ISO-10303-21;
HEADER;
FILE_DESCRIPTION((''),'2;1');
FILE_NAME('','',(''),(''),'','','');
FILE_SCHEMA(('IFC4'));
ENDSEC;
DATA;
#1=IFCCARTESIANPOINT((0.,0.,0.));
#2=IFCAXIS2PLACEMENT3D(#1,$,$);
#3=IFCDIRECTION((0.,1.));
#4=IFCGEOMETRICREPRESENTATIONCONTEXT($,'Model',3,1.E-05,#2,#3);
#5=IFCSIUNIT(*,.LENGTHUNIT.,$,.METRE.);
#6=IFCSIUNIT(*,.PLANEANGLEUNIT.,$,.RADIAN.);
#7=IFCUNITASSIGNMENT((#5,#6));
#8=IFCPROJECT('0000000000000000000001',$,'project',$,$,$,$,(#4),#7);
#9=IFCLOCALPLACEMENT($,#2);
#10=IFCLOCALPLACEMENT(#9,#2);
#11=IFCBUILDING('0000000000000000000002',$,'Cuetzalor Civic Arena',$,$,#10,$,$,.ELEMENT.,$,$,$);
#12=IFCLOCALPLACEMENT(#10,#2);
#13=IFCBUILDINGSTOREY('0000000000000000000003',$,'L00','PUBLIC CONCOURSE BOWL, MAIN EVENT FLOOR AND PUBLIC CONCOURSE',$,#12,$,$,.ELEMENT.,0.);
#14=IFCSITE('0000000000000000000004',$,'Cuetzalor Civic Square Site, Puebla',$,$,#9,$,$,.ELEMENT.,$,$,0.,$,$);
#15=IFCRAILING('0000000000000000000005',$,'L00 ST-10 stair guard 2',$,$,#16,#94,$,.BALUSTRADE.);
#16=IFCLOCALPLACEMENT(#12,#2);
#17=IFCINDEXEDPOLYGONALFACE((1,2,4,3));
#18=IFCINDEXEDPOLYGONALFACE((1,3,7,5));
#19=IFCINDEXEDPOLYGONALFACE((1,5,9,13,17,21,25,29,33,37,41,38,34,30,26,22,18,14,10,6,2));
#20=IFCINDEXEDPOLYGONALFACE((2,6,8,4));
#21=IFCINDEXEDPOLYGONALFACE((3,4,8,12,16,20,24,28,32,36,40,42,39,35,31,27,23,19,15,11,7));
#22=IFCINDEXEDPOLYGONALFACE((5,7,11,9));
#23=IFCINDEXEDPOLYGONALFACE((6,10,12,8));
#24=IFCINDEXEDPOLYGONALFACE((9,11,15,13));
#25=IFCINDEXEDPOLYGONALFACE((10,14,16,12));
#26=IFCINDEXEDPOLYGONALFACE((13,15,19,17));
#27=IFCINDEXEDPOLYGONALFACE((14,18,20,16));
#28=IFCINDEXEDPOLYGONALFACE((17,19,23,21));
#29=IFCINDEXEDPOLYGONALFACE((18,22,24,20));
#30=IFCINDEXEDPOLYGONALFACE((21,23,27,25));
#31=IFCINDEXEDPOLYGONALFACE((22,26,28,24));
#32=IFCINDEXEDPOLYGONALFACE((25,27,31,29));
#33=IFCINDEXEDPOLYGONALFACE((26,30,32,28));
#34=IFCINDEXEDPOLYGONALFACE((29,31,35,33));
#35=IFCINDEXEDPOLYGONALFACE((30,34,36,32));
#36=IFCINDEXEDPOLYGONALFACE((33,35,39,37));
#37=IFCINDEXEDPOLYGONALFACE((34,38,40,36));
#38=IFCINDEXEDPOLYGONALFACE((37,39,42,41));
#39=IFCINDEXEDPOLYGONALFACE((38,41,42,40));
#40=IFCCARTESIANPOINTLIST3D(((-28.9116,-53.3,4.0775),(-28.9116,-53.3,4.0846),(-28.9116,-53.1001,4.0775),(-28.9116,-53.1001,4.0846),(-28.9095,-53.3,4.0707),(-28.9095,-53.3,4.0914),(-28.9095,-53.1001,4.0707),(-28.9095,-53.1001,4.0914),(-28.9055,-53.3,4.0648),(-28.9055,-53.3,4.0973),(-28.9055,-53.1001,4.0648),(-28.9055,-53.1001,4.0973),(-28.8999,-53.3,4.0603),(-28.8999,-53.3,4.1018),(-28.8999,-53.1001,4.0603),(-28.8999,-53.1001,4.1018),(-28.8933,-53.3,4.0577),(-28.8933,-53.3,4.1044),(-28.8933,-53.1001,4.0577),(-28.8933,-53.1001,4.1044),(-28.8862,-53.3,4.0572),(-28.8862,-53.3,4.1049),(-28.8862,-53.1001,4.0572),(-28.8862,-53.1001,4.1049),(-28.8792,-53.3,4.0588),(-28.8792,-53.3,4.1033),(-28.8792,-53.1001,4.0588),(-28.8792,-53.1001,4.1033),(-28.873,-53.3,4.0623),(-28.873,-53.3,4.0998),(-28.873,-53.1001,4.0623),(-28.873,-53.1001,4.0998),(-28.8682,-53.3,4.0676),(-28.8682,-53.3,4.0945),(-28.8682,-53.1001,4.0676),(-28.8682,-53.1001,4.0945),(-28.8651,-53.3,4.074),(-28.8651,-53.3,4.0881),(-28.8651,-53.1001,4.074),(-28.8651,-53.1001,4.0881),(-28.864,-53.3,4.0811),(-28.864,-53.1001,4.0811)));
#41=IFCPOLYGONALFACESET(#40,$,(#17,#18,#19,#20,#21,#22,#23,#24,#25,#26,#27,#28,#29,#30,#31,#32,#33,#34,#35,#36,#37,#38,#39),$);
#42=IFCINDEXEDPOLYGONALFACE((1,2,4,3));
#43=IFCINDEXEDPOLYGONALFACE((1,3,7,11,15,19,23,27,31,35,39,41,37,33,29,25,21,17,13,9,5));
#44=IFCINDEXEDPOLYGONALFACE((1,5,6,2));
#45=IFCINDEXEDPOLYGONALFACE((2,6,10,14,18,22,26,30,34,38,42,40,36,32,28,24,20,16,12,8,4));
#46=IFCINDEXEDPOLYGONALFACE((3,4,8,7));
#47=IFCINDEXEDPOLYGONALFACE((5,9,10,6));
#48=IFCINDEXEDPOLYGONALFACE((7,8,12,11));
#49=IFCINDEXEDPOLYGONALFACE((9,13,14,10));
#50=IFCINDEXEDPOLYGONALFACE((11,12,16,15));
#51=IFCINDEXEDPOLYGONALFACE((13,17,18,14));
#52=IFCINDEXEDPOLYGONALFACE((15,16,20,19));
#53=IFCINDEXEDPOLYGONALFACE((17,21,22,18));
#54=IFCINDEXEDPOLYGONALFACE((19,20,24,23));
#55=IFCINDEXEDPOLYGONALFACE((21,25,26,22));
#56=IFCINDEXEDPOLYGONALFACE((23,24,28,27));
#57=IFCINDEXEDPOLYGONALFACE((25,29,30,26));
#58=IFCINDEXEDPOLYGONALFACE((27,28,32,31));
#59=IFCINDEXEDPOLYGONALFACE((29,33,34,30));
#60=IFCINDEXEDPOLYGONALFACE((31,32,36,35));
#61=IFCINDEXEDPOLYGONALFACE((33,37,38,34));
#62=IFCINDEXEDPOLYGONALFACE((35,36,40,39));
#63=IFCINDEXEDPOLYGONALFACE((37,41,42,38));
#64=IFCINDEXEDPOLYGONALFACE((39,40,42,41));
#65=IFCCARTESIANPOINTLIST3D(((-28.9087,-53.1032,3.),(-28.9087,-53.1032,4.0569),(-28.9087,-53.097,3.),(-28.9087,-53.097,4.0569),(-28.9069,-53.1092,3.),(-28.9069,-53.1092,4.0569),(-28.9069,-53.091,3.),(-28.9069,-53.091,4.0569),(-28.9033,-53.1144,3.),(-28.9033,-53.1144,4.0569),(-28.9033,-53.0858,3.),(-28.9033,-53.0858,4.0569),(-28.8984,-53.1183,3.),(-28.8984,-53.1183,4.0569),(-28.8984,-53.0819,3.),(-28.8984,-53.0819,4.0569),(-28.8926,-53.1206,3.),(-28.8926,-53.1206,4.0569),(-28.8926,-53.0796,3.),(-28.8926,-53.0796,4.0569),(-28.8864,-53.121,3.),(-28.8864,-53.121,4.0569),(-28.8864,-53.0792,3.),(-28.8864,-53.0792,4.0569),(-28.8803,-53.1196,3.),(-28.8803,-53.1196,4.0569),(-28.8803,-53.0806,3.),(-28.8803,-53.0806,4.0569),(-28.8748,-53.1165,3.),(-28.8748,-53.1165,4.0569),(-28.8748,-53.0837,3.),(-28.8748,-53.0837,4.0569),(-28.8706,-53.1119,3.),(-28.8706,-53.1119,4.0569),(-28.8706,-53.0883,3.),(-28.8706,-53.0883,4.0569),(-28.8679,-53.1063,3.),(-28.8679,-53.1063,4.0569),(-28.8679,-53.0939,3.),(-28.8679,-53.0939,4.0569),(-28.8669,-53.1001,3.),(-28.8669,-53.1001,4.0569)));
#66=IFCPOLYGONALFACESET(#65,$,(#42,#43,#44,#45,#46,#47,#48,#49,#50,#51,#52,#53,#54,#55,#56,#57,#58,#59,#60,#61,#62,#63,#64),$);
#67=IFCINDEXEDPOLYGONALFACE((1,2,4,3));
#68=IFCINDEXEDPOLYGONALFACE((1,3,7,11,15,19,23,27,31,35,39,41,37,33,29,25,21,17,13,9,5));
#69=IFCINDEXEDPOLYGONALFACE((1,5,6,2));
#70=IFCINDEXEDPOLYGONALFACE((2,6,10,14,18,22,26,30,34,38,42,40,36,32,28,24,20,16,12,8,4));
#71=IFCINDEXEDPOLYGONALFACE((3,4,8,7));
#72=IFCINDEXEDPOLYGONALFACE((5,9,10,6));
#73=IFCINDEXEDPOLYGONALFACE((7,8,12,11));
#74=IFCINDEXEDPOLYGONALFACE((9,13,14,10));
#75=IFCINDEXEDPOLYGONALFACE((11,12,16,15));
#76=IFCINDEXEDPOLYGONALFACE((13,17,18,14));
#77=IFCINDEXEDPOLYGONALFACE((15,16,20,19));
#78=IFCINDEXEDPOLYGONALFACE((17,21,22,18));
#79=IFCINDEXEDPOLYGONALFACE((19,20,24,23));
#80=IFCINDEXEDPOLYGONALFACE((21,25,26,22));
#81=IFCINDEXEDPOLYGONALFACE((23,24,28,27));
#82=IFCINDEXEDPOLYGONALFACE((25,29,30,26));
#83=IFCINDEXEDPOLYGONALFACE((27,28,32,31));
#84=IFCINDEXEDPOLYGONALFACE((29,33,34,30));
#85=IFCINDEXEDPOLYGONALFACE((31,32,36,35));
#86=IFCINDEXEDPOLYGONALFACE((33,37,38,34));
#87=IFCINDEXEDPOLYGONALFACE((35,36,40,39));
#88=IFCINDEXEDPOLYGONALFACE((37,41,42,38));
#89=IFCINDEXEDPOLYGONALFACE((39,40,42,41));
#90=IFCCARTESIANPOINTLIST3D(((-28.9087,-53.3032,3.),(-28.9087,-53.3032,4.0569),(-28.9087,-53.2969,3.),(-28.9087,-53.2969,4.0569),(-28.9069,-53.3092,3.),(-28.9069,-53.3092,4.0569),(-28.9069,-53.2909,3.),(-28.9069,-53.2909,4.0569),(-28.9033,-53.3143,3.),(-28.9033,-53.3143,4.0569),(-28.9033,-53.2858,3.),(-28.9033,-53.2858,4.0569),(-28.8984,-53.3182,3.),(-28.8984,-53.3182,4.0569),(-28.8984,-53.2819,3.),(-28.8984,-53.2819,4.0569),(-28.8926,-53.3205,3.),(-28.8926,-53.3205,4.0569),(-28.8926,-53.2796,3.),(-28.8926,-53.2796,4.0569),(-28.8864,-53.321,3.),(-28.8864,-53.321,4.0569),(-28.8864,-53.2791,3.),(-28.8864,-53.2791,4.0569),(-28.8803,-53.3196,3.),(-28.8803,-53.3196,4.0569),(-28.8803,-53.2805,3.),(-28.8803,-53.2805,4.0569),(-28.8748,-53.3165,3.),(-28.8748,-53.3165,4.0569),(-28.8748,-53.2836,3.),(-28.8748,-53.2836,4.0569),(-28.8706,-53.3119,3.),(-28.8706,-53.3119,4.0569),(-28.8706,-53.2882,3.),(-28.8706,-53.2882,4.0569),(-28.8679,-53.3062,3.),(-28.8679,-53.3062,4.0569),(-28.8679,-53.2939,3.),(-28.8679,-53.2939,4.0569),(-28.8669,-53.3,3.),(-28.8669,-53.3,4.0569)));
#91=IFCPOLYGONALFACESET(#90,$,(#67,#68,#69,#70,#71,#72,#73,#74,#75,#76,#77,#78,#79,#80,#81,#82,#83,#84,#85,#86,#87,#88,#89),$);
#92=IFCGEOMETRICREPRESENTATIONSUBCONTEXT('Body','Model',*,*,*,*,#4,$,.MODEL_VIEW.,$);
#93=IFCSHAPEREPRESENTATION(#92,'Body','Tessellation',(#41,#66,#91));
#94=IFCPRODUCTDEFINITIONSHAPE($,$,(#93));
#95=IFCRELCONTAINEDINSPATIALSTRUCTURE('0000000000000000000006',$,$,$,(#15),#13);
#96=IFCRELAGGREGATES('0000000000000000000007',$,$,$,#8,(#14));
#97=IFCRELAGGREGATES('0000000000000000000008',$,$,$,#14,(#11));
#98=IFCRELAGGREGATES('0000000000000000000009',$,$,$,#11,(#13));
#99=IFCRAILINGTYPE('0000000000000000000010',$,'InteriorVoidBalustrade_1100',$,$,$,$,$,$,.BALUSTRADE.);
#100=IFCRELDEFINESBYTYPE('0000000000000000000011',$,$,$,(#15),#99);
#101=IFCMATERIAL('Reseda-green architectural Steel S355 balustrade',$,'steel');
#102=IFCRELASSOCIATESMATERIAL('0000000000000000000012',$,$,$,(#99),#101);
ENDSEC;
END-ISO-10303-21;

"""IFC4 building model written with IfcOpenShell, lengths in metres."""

from ifc_helpers import new_model, si_unit, direction, frame, origin, origin_2d, place, context, subcontext, project, spatial, circle, extrude, material, type_object, element, save


model = new_model("IFC4")

# Units and contexts
model_context = context("Model", 3, precision=1e-05, world=origin(), true_north=direction((0.0, 1.0)))
body_context = subcontext(model_context, "Body", "Model", "MODEL_VIEW")
ifc_project = project(units=[si_unit("LENGTHUNIT", "METRE"), si_unit("PLANEANGLEUNIT", "RADIAN")], contexts=[model_context])

# Site, building, storey
site_placement = place(None, origin())
site = spatial("IfcSite", under=ifc_project, at=site_placement, Name="Cuetzalor Civic Square Site, Puebla", CompositionType="ELEMENT", RefElevation=0.0)
building_placement = place(site_placement, origin())
building = spatial("IfcBuilding", under=site, at=building_placement, Name="Cuetzalor Civic Arena", CompositionType="ELEMENT")
storey_placement = place(building_placement, origin())
storey = spatial("IfcBuildingStorey", under=building, at=storey_placement, Name="L00", Description="PUBLIC CONCOURSE BOWL, MAIN EVENT FLOOR AND PUBLIC CONCOURSE", CompositionType="ELEMENT", Elevation=0.0)

# Railing
ifc_material_1 = material(Name="Reseda-green architectural Steel S355 balustrade", Category="steel")
railing_type_1 = type_object("IfcRailingType", Name="InteriorVoidBalustrade_1100", PredefinedType="BALUSTRADE", material=ifc_material_1)
railing_1_placement = place(storey_placement, frame((-28.8879, -53.1001, 3.0)))
element("IfcRailing", 1, at=railing_1_placement, inside=storey, type_object=railing_type_1, Name="L00 ST-10 stair guard 2", PredefinedType="BALUSTRADE", context=body_context, shape_type="SweptSolid", body=[
    extrude(circle(Radius=0.0239, at=origin_2d()), frame((0.0, 0.0, 1.0811), z_axis=(0.0, -1.0, 0.0), x_axis=(1.0, 0.0, 0.0)), (0.0, 0.0, 1.0), 0.2),
    extrude(circle(Radius=0.021, at=origin_2d()), origin(), (0.0, 0.0, 1.0), 1.0569),
    extrude(circle(Radius=0.021, at=origin_2d()), frame((0.0, -0.2, 0.0)), (0.0, 0.0, 1.0), 1.0569),
])

save(model, "model.ifc")
